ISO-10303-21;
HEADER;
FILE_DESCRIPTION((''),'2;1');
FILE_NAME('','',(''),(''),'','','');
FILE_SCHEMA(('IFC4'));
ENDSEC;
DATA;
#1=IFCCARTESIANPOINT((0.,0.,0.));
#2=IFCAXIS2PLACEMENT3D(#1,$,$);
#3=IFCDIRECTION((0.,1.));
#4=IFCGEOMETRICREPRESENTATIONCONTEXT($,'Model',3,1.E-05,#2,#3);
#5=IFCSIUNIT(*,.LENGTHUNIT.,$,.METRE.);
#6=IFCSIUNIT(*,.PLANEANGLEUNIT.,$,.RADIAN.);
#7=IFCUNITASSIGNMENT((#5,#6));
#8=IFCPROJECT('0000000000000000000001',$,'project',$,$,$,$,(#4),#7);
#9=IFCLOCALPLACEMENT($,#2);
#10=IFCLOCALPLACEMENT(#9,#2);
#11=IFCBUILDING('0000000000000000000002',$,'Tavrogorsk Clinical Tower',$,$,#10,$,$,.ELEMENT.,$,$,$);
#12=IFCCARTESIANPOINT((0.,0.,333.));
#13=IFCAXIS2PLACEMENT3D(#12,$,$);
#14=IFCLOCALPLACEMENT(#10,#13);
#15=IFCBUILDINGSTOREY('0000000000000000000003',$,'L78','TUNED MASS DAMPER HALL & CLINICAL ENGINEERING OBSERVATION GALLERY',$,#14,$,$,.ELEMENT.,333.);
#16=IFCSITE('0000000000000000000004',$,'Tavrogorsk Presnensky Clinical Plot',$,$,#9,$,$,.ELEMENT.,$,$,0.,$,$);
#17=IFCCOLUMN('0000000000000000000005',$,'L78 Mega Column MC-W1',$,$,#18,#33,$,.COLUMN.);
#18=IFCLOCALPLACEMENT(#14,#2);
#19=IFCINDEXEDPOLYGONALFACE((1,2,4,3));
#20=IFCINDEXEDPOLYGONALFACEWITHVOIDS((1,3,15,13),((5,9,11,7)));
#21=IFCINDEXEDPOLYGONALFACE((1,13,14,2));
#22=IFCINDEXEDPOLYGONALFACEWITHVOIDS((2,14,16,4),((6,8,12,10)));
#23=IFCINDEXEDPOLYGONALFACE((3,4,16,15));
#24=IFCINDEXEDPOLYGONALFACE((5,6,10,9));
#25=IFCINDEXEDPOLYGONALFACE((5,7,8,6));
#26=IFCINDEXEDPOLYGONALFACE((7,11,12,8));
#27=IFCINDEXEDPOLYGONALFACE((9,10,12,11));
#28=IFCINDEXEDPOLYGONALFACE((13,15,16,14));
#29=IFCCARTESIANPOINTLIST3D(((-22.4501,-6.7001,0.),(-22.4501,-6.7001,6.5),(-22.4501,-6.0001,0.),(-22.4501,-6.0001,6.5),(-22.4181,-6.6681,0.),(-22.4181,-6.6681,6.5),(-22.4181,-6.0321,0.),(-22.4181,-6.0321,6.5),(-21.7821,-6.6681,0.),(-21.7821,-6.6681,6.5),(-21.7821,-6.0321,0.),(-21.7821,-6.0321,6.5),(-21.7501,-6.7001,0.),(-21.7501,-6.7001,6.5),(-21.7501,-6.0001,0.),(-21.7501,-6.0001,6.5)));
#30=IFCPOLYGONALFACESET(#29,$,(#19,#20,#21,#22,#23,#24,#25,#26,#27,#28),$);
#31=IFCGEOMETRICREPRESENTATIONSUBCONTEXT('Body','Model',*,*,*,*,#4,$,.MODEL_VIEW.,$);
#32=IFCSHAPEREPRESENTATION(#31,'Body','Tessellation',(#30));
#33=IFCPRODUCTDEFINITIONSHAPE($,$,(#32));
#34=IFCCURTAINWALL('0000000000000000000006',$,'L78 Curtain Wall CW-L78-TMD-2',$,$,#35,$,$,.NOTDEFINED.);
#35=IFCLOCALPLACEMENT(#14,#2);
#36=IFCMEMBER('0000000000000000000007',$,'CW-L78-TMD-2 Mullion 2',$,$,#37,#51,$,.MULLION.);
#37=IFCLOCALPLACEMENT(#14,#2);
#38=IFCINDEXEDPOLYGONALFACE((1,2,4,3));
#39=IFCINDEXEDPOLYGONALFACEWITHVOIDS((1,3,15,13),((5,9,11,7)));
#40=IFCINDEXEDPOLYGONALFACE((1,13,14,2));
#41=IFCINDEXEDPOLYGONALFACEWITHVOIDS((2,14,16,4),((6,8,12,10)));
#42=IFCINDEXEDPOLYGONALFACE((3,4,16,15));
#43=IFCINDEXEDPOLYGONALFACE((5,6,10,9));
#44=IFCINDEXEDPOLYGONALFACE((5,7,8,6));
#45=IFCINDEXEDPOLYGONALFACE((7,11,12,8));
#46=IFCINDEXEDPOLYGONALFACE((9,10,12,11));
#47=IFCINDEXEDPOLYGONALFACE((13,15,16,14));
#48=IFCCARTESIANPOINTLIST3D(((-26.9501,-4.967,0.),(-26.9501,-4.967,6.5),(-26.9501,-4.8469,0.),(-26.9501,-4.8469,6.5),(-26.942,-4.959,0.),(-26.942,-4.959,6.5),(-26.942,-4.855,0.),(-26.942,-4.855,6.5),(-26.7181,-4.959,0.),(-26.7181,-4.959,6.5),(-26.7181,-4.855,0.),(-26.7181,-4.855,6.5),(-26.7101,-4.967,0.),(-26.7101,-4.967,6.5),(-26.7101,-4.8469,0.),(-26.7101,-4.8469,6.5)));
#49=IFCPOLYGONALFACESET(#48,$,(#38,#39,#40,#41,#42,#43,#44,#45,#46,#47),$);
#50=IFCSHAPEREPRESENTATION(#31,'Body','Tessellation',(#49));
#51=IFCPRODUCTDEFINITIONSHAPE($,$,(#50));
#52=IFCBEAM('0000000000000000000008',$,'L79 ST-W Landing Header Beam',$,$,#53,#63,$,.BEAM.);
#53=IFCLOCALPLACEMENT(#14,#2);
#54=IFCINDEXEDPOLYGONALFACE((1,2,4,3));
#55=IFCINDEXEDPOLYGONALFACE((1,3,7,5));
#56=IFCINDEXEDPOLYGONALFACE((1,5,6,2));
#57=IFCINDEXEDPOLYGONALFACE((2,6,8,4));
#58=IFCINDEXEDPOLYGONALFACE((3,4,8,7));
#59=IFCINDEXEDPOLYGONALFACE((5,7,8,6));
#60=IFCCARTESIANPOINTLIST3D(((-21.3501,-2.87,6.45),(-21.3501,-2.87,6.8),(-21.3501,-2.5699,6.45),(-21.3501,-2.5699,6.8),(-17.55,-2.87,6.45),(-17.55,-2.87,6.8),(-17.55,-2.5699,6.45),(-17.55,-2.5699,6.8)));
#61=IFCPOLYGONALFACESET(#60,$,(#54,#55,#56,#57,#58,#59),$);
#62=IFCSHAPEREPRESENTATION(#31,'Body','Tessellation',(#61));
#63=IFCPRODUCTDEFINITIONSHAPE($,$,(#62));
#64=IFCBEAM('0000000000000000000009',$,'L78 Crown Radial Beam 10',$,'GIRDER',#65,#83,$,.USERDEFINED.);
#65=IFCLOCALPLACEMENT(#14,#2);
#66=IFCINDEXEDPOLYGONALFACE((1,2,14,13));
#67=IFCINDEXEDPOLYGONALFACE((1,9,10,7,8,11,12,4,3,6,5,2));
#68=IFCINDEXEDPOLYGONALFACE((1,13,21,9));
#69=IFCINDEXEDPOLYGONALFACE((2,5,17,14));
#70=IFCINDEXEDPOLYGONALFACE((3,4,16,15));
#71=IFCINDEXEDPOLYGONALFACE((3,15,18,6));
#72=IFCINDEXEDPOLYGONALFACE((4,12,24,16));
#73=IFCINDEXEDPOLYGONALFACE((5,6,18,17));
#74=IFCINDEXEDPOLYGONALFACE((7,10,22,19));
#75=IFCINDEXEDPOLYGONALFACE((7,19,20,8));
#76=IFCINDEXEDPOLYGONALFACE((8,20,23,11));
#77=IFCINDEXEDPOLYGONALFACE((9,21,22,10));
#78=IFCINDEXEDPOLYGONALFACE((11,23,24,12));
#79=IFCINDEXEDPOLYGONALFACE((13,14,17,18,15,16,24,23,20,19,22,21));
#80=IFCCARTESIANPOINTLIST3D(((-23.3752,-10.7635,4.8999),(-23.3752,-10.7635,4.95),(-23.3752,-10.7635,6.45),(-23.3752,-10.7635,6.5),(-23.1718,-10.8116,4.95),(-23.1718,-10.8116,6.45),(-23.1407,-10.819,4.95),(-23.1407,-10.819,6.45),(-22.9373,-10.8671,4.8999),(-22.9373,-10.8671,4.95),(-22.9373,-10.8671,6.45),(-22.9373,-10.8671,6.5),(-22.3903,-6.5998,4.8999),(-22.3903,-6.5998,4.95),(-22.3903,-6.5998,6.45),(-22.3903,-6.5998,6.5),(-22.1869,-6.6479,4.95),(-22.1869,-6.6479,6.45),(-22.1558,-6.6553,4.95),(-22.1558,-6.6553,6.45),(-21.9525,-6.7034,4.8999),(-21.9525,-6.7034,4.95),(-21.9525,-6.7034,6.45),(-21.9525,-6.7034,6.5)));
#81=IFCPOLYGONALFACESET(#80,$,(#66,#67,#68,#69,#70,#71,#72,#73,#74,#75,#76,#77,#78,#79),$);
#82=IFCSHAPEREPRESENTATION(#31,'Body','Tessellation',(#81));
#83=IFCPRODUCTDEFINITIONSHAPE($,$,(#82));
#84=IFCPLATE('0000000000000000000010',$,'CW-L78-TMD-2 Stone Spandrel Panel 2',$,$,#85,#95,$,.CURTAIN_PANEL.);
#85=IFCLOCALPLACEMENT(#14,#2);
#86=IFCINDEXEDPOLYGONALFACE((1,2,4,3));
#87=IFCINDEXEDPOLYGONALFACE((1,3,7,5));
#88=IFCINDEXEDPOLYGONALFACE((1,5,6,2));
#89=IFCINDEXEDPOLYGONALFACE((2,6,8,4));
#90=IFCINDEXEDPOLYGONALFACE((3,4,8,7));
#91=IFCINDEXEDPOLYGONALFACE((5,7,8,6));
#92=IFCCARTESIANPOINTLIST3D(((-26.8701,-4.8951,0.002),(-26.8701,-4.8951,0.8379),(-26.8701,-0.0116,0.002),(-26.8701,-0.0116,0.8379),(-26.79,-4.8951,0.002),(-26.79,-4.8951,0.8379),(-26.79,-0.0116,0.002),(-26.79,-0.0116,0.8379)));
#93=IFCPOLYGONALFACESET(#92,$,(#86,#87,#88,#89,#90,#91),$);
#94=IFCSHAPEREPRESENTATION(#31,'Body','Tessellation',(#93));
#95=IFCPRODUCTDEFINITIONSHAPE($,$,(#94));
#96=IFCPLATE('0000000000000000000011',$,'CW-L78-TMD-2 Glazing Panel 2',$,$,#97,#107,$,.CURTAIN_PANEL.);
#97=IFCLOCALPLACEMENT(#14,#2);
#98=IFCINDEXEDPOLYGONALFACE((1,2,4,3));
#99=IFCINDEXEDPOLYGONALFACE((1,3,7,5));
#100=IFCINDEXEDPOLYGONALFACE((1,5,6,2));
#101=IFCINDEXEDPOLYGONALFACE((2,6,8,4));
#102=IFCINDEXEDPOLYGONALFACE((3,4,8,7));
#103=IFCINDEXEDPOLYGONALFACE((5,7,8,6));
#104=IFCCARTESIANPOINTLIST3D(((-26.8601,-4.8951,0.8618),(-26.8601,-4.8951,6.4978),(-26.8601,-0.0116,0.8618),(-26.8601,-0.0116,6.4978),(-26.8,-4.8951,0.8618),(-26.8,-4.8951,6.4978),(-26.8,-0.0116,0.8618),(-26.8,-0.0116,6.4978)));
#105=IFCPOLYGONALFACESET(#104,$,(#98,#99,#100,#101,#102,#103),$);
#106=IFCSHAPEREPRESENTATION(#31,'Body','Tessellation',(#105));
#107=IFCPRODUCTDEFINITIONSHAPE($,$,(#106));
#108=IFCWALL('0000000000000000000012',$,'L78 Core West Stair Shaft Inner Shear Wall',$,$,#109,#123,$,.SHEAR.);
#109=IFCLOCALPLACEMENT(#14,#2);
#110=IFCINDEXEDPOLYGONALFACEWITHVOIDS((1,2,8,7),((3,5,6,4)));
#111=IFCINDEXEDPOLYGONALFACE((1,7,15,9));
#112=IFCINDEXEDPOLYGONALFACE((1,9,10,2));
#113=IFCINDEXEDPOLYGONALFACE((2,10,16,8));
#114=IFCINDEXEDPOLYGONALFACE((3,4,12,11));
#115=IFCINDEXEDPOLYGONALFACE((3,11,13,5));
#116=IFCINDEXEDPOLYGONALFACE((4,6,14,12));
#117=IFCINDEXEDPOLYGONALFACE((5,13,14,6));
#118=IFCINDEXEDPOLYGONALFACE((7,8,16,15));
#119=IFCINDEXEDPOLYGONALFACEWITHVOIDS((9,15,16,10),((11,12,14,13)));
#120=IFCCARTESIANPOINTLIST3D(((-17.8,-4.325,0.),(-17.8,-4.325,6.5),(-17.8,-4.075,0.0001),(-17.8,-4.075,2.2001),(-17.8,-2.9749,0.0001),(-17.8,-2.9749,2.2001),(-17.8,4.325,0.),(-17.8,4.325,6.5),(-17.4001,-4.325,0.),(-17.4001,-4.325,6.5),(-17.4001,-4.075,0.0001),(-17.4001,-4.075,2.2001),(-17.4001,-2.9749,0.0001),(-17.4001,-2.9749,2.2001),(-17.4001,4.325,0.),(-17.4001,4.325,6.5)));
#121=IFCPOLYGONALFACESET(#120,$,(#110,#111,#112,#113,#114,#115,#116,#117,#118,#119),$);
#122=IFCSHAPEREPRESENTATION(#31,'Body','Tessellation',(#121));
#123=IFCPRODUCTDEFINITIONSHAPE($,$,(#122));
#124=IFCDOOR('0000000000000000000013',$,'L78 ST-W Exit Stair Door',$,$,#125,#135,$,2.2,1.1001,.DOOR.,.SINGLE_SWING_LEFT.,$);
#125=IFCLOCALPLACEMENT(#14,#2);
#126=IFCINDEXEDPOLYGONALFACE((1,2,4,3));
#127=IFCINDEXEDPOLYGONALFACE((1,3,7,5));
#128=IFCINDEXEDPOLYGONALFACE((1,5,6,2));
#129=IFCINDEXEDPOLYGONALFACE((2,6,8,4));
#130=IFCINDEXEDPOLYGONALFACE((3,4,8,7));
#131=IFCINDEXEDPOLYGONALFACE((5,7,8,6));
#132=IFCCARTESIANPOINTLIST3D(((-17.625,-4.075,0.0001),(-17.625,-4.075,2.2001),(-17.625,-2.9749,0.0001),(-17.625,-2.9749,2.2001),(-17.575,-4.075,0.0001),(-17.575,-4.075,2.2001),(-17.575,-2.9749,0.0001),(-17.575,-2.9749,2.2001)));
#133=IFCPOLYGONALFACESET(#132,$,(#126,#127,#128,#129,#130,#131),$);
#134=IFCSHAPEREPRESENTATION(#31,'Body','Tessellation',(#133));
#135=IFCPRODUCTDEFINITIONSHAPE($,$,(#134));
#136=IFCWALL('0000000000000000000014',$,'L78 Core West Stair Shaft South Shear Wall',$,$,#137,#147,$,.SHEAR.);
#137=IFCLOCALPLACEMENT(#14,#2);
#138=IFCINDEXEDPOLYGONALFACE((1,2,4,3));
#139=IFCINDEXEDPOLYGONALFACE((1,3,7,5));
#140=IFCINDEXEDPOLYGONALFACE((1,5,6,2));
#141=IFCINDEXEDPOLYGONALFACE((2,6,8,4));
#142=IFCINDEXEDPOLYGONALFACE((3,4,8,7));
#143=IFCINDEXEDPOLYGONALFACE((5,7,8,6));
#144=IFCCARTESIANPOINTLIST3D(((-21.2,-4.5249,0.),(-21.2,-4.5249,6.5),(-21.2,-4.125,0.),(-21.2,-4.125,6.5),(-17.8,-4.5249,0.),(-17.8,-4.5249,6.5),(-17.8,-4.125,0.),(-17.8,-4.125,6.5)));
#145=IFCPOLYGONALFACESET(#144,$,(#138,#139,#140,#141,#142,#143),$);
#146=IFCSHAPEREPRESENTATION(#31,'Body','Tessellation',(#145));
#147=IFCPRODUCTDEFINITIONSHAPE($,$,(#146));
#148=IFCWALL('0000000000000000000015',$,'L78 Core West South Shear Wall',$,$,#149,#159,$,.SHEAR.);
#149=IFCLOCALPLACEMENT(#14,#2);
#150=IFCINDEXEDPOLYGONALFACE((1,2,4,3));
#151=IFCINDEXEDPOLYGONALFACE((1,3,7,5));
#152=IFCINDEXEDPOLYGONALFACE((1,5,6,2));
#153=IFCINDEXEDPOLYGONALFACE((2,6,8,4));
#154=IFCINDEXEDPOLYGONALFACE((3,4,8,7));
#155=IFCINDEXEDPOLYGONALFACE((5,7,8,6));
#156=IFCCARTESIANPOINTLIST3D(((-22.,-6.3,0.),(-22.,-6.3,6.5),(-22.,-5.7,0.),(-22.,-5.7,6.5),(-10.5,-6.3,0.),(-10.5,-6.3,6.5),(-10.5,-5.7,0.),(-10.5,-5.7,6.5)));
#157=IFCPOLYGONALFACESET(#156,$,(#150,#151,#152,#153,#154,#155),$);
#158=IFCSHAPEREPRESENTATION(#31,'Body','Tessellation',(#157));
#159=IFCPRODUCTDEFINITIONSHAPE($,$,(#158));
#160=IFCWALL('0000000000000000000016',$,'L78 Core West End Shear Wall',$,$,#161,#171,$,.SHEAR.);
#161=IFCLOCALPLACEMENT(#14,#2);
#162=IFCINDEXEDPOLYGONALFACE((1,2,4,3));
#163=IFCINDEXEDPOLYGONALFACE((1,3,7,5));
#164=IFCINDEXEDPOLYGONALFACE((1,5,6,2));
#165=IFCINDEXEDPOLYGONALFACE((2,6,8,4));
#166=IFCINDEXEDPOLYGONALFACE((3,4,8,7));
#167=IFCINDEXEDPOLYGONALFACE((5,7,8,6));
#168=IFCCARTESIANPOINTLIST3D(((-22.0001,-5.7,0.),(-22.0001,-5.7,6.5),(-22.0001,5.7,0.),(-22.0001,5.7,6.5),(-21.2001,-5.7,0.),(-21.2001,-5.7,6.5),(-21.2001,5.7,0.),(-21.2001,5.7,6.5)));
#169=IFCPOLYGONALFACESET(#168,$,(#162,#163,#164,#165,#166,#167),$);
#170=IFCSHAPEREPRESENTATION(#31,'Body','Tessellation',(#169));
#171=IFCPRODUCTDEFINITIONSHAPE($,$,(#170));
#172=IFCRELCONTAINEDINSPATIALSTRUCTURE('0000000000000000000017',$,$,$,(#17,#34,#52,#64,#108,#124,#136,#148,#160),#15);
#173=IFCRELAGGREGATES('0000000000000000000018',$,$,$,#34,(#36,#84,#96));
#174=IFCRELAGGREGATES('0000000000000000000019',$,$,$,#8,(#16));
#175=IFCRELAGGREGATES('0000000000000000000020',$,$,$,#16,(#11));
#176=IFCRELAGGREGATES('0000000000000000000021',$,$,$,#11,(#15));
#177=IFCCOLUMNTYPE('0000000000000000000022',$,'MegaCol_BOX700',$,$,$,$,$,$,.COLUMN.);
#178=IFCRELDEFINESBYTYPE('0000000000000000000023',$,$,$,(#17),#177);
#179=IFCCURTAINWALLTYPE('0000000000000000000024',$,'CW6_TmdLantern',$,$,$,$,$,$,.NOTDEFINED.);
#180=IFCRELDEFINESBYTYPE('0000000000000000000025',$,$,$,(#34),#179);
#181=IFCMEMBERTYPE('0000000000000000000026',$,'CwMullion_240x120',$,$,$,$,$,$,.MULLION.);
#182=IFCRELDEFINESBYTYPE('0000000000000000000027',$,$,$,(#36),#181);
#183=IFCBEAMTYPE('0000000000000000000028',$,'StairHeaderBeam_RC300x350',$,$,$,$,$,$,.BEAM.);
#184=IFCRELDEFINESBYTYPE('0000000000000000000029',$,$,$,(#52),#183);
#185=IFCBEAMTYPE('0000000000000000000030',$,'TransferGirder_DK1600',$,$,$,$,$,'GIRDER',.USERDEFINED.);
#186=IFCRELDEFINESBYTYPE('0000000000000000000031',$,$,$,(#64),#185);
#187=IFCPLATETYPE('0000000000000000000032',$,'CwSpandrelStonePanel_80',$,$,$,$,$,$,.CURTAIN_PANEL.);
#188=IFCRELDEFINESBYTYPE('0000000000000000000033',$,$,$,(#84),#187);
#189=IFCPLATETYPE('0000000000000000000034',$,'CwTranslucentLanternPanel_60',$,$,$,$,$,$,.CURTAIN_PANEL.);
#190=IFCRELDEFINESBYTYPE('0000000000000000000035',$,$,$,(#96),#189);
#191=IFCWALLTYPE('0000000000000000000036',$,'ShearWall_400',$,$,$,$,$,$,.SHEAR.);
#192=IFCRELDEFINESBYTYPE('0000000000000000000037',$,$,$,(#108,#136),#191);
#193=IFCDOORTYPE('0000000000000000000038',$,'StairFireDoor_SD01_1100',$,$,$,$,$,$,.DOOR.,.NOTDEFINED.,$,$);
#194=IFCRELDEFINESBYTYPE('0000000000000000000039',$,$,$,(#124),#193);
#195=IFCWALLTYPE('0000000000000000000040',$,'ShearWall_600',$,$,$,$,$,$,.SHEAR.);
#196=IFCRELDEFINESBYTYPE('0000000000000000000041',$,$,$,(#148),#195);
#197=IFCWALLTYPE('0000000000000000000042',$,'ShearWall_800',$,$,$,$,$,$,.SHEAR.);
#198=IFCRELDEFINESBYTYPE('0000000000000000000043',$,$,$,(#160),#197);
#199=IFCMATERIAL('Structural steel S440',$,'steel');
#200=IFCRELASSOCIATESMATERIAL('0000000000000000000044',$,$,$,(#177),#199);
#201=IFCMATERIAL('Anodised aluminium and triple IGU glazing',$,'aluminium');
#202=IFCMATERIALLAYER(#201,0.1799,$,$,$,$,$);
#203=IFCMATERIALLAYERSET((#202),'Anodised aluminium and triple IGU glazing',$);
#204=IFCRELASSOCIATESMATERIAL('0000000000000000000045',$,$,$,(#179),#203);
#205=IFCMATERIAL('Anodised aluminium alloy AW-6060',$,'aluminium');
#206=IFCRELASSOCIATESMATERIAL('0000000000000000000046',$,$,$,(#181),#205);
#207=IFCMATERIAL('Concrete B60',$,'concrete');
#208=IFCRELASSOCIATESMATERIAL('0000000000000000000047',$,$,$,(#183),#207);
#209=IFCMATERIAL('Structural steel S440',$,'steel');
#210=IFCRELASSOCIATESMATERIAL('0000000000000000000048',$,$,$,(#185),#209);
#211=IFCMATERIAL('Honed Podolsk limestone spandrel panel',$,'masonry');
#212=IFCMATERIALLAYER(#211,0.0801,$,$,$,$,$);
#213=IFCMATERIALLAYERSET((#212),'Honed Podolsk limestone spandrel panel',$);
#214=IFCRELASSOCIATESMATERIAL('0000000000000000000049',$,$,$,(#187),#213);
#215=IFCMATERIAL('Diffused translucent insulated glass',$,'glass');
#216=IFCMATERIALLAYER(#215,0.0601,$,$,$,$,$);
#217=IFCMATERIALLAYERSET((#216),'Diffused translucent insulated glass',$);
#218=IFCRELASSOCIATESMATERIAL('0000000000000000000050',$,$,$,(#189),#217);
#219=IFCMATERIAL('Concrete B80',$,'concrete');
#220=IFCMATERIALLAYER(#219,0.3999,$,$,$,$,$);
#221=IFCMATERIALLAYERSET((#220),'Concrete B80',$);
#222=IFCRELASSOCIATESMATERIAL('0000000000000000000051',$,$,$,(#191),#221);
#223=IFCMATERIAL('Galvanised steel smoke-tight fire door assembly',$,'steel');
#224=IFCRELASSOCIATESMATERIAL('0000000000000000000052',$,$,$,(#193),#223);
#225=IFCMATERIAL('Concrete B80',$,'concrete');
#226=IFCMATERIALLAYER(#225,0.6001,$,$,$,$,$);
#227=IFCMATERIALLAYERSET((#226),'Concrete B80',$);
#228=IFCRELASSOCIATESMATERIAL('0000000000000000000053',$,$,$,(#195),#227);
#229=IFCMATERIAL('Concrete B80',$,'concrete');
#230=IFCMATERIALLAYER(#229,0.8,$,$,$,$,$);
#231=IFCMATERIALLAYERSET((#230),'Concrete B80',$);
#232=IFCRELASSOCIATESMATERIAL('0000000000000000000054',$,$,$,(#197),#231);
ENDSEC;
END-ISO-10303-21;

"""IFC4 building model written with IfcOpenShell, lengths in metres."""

from ifc_helpers import new_model, si_unit, direction, frame, frame_2d, origin, origin_2d, place, context, subcontext, project, spatial, rectangle, hollow_rectangle, i_section, extrude, material, layer, layer_set, material_profile, profile_set, type_object, element, fill, aggregate, save


model = new_model("IFC4")

# Units and contexts
model_context = context("Model", 3, precision=1e-05, world=origin(), true_north=direction((0.0, 1.0)))
body_context = subcontext(model_context, "Body", "Model", "MODEL_VIEW")
ifc_project = project(units=[si_unit("LENGTHUNIT", "METRE"), si_unit("PLANEANGLEUNIT", "RADIAN")], contexts=[model_context])

# Site, building, storey
site_placement = place(None, origin())
site = spatial("IfcSite", under=ifc_project, at=site_placement, Name="Tavrogorsk Presnensky Clinical Plot", CompositionType="ELEMENT", RefElevation=0.0)
building_placement = place(site_placement, origin())
building = spatial("IfcBuilding", under=site, at=building_placement, Name="Tavrogorsk Clinical Tower", CompositionType="ELEMENT")
storey_placement = place(building_placement, frame((0.0, 0.0, 333.0)))
storey = spatial("IfcBuildingStorey", under=building, at=storey_placement, Name="L78", Description="TUNED MASS DAMPER HALL & CLINICAL ENGINEERING OBSERVATION GALLERY", CompositionType="ELEMENT", Elevation=333.0)

# Column
ifc_material_1 = material(Name="Structural steel S440", Category="steel")
ifc_material_profile_1 = material_profile(ifc_material_1, hollow_rectangle(XDim=0.7, YDim=0.7, WallThickness=0.032, at=origin_2d()), Name="BOX-700x700x32")
ifc_profile_set_1 = profile_set([ifc_material_profile_1], Name="Structural steel S440")
column_type = type_object("IfcColumnType", Name="MegaCol_BOX700", PredefinedType="COLUMN", material=ifc_profile_set_1)
column_placement = place(storey_placement, frame((-22.1001, -6.3501, 0.0), z_axis=(0.0, 0.0, 1.0), x_axis=(1.0, 0.0, 0.0)))
element("IfcColumn", 1, at=column_placement, inside=storey, type_object=column_type, Name="L78 Mega Column MC-W1", PredefinedType="COLUMN", context=body_context, shape_type="SweptSolid", body=[
    extrude(hollow_rectangle(XDim=0.7, YDim=0.7, WallThickness=0.032, at=origin_2d()), origin(), (0.0, 0.0, 1.0), 6.5),
])

# Curtain wall, member
ifc_material_2 = material(Name="Anodised aluminium and triple IGU glazing", Category="aluminium")
ifc_layer_1 = layer(ifc_material_2, 0.1799)
ifc_layer_set_1 = layer_set([ifc_layer_1], Name="Anodised aluminium and triple IGU glazing")
curtain_wall_type = type_object("IfcCurtainWallType", Name="CW6_TmdLantern", PredefinedType="NOTDEFINED", material=ifc_layer_set_1)
curtain_wall_placement = place(storey_placement, origin())
curtain_wall = element("IfcCurtainWall", 2, at=curtain_wall_placement, inside=storey, type_object=curtain_wall_type, Name="L78 Curtain Wall CW-L78-TMD-2", PredefinedType="NOTDEFINED")
ifc_material_3 = material(Name="Anodised aluminium alloy AW-6060", Category="aluminium")
ifc_material_profile_2 = material_profile(ifc_material_3, hollow_rectangle(XDim=0.1201, YDim=0.24, WallThickness=0.0081, at=origin_2d()), Name="RHS-240x120x8")
ifc_profile_set_2 = profile_set([ifc_material_profile_2], Name="Anodised aluminium alloy AW-6060")
member_type = type_object("IfcMemberType", Name="CwMullion_240x120", PredefinedType="MULLION", material=ifc_profile_set_2)
member_placement = place(storey_placement, frame((-26.8301, -4.907, 0.0), z_axis=(0.0, 0.0, 1.0), x_axis=(0.0, 1.0, 0.0)))
member = element("IfcMember", 3, at=member_placement, type_object=member_type, Name="CW-L78-TMD-2 Mullion 2", PredefinedType="MULLION", context=body_context, shape_type="SweptSolid", body=[
    extrude(hollow_rectangle(XDim=0.1201, YDim=0.24, WallThickness=0.0081, at=origin_2d()), origin(), (0.0, 0.0, 1.0), 6.5),
])

# Beams
ifc_material_4 = material(Name="Concrete B60", Category="concrete")
ifc_material_profile_3 = material_profile(ifc_material_4, rectangle(XDim=0.3, YDim=0.3501, at=origin_2d()), Name="RC-SHB-300x350")
ifc_profile_set_3 = profile_set([ifc_material_profile_3], Name="Concrete B60")
beam_type_1 = type_object("IfcBeamType", Name="StairHeaderBeam_RC300x350", PredefinedType="BEAM", material=ifc_profile_set_3)
beam_1_placement = place(storey_placement, frame((-21.3501, -2.72, 6.625), z_axis=(1.0, 0.0, 0.0), x_axis=(0.0, 1.0, 0.0)))
element("IfcBeam", 4, at=beam_1_placement, inside=storey, type_object=beam_type_1, Name="L79 ST-W Landing Header Beam", PredefinedType="BEAM", context=body_context, shape_type="SweptSolid", body=[
    extrude(rectangle(XDim=0.3, YDim=0.3501, at=origin_2d()), origin(), (0.0, 0.0, 1.0), 3.8),
])
ifc_material_5 = material(Name="Structural steel S440", Category="steel")
ifc_material_profile_4 = material_profile(ifc_material_5, i_section(OverallWidth=0.45, OverallDepth=1.6001, WebThickness=0.032, FlangeThickness=0.05, at=origin_2d()), Name="DK-1600x450x32x50")
ifc_profile_set_4 = profile_set([ifc_material_profile_4], Name="Structural steel S440")
beam_type_2 = type_object("IfcBeamType", Name="TransferGirder_DK1600", ElementType="GIRDER", PredefinedType="USERDEFINED", material=ifc_profile_set_4)
beam_2_placement = place(storey_placement, frame((-22.1714, -6.6516, 5.7), z_axis=(-0.230191, -0.973146, 0.0), x_axis=(0.973146, -0.230191, 0.0)))
element("IfcBeam", 5, at=beam_2_placement, inside=storey, type_object=beam_type_2, Name="L78 Crown Radial Beam 10", ObjectType="GIRDER", PredefinedType="USERDEFINED", context=body_context, shape_type="SweptSolid", body=[
    extrude(i_section(OverallWidth=0.45, OverallDepth=1.6001, WebThickness=0.032, FlangeThickness=0.05, at=origin_2d()), origin(), (0.0, 0.0, 1.0), 4.2786),
])

# Plates
ifc_material_6 = material(Name="Honed Podolsk limestone spandrel panel", Category="masonry")
ifc_layer_2 = layer(ifc_material_6, 0.0801)
ifc_layer_set_2 = layer_set([ifc_layer_2], Name="Honed Podolsk limestone spandrel panel")
plate_type_1 = type_object("IfcPlateType", Name="CwSpandrelStonePanel_80", PredefinedType="CURTAIN_PANEL", material=ifc_layer_set_2)
plate_1_placement = place(storey_placement, frame((-26.8301, -2.4534, 0.002), z_axis=(0.0, 0.0, 1.0), x_axis=(0.0, 1.0, 0.0)))
plate_1 = element("IfcPlate", 6, at=plate_1_placement, type_object=plate_type_1, Name="CW-L78-TMD-2 Stone Spandrel Panel 2", PredefinedType="CURTAIN_PANEL", context=body_context, shape_type="SweptSolid", body=[
    extrude(rectangle(XDim=4.8835, YDim=0.0801, at=origin_2d()), origin(), (0.0, 0.0, 1.0), 0.8359),
])
ifc_material_7 = material(Name="Diffused translucent insulated glass", Category="glass")
ifc_layer_3 = layer(ifc_material_7, 0.0601)
ifc_layer_set_3 = layer_set([ifc_layer_3], Name="Diffused translucent insulated glass")
plate_type_2 = type_object("IfcPlateType", Name="CwTranslucentLanternPanel_60", PredefinedType="CURTAIN_PANEL", material=ifc_layer_set_3)
plate_2_placement = place(storey_placement, frame((-26.8301, -2.4534, 0.8618), z_axis=(0.0, 0.0, 1.0), x_axis=(0.0, 1.0, 0.0)))
plate_2 = element("IfcPlate", 7, at=plate_2_placement, type_object=plate_type_2, Name="CW-L78-TMD-2 Glazing Panel 2", PredefinedType="CURTAIN_PANEL", context=body_context, shape_type="SweptSolid", body=[
    extrude(rectangle(XDim=4.8835, YDim=0.0601, at=origin_2d()), origin(), (0.0, 0.0, 1.0), 5.636),
])
aggregate(curtain_wall, [member, plate_1, plate_2])

# Wall, opening, door
ifc_material_8 = material(Name="Concrete B80", Category="concrete")
ifc_layer_4 = layer(ifc_material_8, 0.3999)
ifc_layer_set_4 = layer_set([ifc_layer_4], Name="Concrete B80")
wall_type_1 = type_object("IfcWallType", Name="ShearWall_400", PredefinedType="SHEAR", material=ifc_layer_set_4)
wall_1_placement = place(storey_placement, frame((-17.6001, -4.325, 0.0), z_axis=(0.0, 0.0, 1.0), x_axis=(0.0, 1.0, 0.0)))
wall_1 = element("IfcWall", 8, at=wall_1_placement, inside=storey, type_object=wall_type_1, Name="L78 Core West Stair Shaft Inner Shear Wall", PredefinedType="SHEAR", context=body_context, shape_type="SweptSolid", body=[
    extrude(rectangle(XDim=8.6499, YDim=0.3999, at=frame_2d((4.325, 0.0))), origin(), (0.0, 0.0, 1.0), 6.5),
])
opening_placement = place(wall_1_placement, frame((0.25, 0.0, 0.0)))
opening = element("IfcOpeningElement", 9, at=opening_placement, cuts=wall_1, PredefinedType="OPENING", context=body_context, shape_type="SweptSolid", body=[
    extrude(rectangle(XDim=1.1001, YDim=2.2, at=frame_2d((0.55, 1.1001))), frame((0.0, 0.21, 0.0), z_axis=(0.0, -1.0, 0.0), x_axis=(1.0, 0.0, 0.0)), (0.0, 0.0, 1.0), 0.4199),
])
ifc_material_9 = material(Name="Galvanised steel smoke-tight fire door assembly", Category="steel")
door_type = type_object("IfcDoorType", Name="StairFireDoor_SD01_1100", OperationType="NOTDEFINED", PredefinedType="DOOR", material=ifc_material_9)
door_placement = place(opening_placement, origin())
door = element("IfcDoor", 10, at=door_placement, inside=storey, type_object=door_type, Name="L78 ST-W Exit Stair Door", OperationType="SINGLE_SWING_LEFT", OverallHeight=2.2, OverallWidth=1.1001, PredefinedType="DOOR", context=body_context, shape_type="SweptSolid", body=[
    extrude(rectangle(XDim=1.1001, YDim=2.2, at=frame_2d((0.55, 1.1001))), frame((0.0, 0.0249, 0.0), z_axis=(0.0, -1.0, 0.0), x_axis=(1.0, 0.0, 0.0)), (0.0, 0.0, 1.0), 0.05),
])
fill(opening, door)

# Walls
wall_2_placement = place(storey_placement, frame((-21.2, -4.325, 0.0), z_axis=(0.0, 0.0, 1.0), x_axis=(1.0, 0.0, 0.0)))
element("IfcWall", 11, at=wall_2_placement, inside=storey, type_object=wall_type_1, Name="L78 Core West Stair Shaft South Shear Wall", PredefinedType="SHEAR", context=body_context, shape_type="SweptSolid", body=[
    extrude(rectangle(XDim=3.3999, YDim=0.3999, at=frame_2d((1.7, 0.0))), origin(), (0.0, 0.0, 1.0), 6.5),
])
ifc_material_10 = material(Name="Concrete B80", Category="concrete")
ifc_layer_5 = layer(ifc_material_10, 0.6001)
ifc_layer_set_5 = layer_set([ifc_layer_5], Name="Concrete B80")
wall_type_2 = type_object("IfcWallType", Name="ShearWall_600", PredefinedType="SHEAR", material=ifc_layer_set_5)
wall_3_placement = place(storey_placement, frame((-22.0, -6.0, 0.0), z_axis=(0.0, 0.0, 1.0), x_axis=(1.0, 0.0, 0.0)))
element("IfcWall", 12, at=wall_3_placement, inside=storey, type_object=wall_type_2, Name="L78 Core West South Shear Wall", PredefinedType="SHEAR", context=body_context, shape_type="SweptSolid", body=[
    extrude(rectangle(XDim=11.5, YDim=0.6001, at=frame_2d((5.75, 0.0))), origin(), (0.0, 0.0, 1.0), 6.5),
])
ifc_material_11 = material(Name="Concrete B80", Category="concrete")
ifc_layer_6 = layer(ifc_material_11, 0.8)
ifc_layer_set_6 = layer_set([ifc_layer_6], Name="Concrete B80")
wall_type_3 = type_object("IfcWallType", Name="ShearWall_800", PredefinedType="SHEAR", material=ifc_layer_set_6)
wall_4_placement = place(storey_placement, frame((-21.6001, -5.7, 0.0), z_axis=(0.0, 0.0, 1.0), x_axis=(0.0, 1.0, 0.0)))
element("IfcWall", 13, at=wall_4_placement, inside=storey, type_object=wall_type_3, Name="L78 Core West End Shear Wall", PredefinedType="SHEAR", context=body_context, shape_type="SweptSolid", body=[
    extrude(rectangle(XDim=11.3999, YDim=0.8, at=frame_2d((5.7, 0.0))), origin(), (0.0, 0.0, 1.0), 6.5),
])

save(model, "model.ifc")
